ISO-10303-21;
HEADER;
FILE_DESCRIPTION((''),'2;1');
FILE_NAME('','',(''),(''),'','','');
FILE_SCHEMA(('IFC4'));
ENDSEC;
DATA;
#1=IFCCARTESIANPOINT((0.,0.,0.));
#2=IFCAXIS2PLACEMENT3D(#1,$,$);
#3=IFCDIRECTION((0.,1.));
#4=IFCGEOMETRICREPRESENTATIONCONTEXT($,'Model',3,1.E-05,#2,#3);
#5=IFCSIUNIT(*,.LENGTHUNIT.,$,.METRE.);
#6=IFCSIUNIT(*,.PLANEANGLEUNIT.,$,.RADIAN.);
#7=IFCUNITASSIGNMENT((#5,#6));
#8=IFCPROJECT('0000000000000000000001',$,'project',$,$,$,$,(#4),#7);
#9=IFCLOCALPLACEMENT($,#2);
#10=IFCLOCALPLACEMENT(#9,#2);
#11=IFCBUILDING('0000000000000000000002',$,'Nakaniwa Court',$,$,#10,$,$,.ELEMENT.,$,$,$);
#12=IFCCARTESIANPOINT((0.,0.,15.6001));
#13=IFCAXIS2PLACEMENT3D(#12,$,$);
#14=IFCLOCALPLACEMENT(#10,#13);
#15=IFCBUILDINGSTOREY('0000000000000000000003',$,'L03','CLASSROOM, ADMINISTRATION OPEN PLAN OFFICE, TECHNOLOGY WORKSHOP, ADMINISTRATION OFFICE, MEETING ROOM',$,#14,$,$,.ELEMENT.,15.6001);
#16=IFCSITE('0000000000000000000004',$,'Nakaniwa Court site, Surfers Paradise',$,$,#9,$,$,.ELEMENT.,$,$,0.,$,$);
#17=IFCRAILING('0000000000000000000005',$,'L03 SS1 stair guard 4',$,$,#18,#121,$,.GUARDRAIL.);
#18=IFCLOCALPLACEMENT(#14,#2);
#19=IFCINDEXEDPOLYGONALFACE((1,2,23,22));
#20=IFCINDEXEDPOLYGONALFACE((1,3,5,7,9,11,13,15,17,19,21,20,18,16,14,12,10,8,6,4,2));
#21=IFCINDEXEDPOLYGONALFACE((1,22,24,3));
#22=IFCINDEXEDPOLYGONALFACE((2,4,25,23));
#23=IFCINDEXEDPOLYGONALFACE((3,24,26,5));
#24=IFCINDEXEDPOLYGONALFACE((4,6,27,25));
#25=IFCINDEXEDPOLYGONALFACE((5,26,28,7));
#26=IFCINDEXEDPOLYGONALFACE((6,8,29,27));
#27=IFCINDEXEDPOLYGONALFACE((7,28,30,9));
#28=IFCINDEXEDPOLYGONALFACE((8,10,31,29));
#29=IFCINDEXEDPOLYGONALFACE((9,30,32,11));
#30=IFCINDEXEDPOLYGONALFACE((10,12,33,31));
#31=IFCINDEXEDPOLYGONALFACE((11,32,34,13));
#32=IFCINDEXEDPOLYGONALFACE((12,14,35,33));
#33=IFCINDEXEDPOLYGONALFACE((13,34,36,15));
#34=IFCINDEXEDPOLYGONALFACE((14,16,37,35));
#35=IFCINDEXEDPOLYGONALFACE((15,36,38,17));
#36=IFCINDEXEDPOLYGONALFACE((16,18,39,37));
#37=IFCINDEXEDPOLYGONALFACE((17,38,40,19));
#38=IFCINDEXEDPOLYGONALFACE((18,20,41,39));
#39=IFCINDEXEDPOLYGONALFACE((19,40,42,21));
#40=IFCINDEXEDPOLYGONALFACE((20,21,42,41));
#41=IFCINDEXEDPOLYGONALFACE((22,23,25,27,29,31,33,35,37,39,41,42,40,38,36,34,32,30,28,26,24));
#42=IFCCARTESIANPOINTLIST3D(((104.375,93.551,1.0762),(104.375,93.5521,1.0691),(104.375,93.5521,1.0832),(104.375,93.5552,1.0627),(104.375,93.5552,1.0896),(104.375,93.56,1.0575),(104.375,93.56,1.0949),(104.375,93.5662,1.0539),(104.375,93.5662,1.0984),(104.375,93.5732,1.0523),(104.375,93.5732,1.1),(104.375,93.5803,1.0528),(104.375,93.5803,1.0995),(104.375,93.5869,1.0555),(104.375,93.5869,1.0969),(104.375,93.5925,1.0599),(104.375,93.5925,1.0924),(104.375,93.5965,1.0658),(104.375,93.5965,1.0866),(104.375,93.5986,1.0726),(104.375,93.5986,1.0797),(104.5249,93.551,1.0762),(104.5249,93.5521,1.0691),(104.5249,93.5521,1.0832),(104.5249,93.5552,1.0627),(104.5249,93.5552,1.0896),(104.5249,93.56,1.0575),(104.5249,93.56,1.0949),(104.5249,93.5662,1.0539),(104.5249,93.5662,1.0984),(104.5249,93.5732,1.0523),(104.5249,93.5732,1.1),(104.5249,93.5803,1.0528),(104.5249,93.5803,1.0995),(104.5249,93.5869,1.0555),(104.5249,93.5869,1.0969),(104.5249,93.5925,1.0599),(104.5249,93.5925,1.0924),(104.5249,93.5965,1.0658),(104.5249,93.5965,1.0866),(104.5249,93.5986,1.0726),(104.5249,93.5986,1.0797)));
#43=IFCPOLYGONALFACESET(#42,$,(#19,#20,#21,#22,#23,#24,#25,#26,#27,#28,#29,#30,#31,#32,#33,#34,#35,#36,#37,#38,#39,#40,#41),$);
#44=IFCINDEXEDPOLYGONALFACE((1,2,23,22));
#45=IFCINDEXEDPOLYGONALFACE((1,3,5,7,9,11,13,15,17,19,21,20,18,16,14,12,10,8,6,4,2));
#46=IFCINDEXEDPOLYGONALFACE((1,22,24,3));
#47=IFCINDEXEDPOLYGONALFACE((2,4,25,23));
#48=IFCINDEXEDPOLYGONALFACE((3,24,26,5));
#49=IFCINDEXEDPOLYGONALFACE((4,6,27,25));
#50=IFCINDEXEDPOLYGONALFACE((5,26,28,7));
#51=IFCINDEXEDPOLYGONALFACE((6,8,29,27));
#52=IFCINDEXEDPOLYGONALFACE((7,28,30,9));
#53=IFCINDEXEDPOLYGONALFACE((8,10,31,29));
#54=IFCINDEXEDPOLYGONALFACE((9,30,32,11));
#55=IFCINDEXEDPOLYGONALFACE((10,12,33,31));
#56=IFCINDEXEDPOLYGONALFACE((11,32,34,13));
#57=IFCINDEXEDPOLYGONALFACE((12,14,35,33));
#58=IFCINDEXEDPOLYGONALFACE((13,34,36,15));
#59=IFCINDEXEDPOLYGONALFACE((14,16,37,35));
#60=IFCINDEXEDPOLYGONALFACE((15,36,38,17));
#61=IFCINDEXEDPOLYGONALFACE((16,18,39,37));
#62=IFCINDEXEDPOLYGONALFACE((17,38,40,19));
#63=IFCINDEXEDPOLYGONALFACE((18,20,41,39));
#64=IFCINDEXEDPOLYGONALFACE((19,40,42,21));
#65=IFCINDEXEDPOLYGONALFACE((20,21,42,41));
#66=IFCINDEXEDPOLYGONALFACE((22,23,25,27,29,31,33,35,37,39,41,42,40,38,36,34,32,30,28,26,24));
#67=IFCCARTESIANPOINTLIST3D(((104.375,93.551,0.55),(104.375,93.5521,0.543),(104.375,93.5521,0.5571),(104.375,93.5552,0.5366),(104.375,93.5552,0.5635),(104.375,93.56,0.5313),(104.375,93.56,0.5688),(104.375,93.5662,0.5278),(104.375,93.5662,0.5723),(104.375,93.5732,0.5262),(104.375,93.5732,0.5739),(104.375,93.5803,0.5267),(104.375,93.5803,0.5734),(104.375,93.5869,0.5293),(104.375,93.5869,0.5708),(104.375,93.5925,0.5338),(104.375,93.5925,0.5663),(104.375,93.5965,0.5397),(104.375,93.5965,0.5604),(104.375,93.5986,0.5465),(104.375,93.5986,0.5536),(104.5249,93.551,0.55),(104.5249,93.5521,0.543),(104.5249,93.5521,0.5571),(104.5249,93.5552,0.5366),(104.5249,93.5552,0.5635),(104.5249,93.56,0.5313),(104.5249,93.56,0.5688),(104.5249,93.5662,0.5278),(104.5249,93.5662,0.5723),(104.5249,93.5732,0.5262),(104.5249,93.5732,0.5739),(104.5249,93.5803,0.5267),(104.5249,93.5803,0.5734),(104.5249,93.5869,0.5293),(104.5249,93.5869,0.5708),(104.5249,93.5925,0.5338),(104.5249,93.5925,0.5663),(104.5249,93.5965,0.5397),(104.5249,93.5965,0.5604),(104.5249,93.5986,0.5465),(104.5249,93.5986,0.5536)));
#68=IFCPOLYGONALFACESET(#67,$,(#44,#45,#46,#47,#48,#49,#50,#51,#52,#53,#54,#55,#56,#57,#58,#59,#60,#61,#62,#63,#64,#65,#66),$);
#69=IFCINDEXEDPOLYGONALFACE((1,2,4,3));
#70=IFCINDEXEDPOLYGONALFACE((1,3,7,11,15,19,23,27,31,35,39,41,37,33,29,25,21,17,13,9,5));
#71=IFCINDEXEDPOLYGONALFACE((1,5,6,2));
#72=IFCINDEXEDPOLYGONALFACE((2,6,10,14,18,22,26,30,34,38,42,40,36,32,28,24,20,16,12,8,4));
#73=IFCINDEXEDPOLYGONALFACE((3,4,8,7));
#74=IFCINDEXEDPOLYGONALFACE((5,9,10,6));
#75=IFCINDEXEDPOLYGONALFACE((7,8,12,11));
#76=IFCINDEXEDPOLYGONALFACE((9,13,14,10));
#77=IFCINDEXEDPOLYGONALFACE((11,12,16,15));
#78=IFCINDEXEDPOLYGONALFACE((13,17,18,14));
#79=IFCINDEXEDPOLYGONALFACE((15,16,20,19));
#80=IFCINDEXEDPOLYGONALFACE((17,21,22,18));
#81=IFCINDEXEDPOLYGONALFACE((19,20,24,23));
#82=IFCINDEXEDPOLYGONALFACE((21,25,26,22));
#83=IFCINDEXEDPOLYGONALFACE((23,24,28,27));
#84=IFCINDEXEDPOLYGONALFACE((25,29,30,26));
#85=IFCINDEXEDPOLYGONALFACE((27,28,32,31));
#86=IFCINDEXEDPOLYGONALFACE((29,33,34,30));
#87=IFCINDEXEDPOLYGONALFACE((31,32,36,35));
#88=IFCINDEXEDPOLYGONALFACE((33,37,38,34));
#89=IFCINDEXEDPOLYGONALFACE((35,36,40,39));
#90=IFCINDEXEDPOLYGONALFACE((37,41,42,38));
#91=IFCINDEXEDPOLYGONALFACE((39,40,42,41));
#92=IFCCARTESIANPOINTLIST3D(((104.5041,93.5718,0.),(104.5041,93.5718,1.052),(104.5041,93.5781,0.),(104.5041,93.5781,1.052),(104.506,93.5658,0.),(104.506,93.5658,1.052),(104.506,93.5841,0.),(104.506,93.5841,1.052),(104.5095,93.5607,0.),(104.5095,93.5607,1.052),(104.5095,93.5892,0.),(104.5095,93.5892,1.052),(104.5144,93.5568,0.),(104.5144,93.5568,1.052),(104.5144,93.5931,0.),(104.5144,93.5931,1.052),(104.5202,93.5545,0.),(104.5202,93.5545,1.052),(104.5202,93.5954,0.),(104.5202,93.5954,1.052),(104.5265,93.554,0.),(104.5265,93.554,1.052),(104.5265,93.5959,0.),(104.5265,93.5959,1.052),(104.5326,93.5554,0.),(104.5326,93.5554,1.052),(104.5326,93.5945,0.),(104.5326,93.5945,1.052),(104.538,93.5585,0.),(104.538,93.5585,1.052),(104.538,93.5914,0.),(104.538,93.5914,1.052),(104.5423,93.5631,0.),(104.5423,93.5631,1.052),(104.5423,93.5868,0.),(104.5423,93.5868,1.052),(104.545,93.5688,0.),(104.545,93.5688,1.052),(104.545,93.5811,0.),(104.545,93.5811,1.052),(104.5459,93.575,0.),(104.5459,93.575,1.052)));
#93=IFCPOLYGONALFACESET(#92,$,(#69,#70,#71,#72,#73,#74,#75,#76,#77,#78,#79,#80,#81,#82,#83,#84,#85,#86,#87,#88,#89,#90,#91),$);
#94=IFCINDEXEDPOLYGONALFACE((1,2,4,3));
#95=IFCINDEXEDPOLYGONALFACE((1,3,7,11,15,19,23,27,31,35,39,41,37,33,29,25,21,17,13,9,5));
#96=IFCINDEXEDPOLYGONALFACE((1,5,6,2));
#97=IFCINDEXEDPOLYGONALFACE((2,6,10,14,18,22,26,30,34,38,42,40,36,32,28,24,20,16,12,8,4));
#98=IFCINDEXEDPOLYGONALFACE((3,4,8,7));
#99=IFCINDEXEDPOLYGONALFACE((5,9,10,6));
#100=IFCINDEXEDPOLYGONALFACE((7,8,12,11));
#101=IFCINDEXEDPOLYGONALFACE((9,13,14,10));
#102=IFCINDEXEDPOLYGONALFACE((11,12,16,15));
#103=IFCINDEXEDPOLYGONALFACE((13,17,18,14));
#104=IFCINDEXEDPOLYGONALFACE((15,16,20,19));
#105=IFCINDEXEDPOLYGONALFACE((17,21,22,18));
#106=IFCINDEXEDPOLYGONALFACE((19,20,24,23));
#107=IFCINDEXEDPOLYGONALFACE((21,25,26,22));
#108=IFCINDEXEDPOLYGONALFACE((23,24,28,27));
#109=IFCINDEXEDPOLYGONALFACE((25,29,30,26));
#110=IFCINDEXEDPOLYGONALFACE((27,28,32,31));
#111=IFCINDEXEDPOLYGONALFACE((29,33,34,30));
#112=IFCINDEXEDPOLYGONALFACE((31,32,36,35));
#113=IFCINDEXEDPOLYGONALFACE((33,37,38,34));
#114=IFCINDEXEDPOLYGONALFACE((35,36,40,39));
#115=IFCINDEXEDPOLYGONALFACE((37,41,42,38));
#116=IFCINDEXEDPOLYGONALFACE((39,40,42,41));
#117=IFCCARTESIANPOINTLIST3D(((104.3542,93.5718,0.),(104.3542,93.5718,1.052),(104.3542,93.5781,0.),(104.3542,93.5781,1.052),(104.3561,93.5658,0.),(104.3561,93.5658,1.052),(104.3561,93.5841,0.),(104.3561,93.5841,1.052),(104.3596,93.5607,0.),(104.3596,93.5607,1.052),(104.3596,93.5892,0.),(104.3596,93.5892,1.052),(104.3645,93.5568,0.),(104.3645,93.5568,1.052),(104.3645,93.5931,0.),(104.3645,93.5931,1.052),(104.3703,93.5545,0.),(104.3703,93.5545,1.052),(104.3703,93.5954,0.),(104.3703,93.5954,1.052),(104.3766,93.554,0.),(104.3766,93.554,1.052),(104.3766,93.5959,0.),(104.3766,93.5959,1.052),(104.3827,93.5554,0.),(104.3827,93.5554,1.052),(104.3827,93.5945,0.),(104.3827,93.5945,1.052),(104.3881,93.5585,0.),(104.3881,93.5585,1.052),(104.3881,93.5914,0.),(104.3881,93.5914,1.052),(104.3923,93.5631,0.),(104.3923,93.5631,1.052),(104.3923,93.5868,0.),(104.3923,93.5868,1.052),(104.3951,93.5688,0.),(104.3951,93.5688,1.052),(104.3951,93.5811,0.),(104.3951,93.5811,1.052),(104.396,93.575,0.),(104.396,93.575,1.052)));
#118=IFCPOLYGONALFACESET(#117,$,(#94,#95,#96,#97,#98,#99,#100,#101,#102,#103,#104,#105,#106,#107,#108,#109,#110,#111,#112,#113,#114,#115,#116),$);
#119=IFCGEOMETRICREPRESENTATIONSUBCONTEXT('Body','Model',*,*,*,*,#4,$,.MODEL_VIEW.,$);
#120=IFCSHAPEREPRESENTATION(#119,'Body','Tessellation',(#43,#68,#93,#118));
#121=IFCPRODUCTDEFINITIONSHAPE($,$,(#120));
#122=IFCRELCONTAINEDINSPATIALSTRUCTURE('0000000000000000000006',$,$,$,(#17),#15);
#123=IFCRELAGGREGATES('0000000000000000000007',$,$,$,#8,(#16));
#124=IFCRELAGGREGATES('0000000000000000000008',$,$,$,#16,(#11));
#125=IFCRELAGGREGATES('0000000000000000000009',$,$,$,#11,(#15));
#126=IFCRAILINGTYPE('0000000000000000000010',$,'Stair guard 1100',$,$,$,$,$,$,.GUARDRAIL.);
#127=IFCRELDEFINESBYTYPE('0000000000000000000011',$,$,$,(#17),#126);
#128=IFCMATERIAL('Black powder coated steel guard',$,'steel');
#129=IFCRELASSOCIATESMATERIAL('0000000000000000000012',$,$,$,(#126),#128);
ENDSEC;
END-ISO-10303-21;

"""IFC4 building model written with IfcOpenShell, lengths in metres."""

from ifc_helpers import new_model, si_unit, direction, frame, origin, origin_2d, place, context, subcontext, project, spatial, circle, extrude, material, type_object, element, save


model = new_model("IFC4")

# Units and contexts
model_context = context("Model", 3, precision=1e-05, world=origin(), true_north=direction((0.0, 1.0)))
body_context = subcontext(model_context, "Body", "Model", "MODEL_VIEW")
ifc_project = project(units=[si_unit("LENGTHUNIT", "METRE"), si_unit("PLANEANGLEUNIT", "RADIAN")], contexts=[model_context])

# Site, building, storey
site_placement = place(None, origin())
site = spatial("IfcSite", under=ifc_project, at=site_placement, Name="Nakaniwa Court site, Surfers Paradise", CompositionType="ELEMENT", RefElevation=0.0)
building_placement = place(site_placement, origin())
building = spatial("IfcBuilding", under=site, at=building_placement, Name="Nakaniwa Court", CompositionType="ELEMENT")
storey_placement = place(building_placement, frame((0.0, 0.0, 15.6001)))
storey = spatial("IfcBuildingStorey", under=building, at=storey_placement, Name="L03", Description="CLASSROOM, ADMINISTRATION OPEN PLAN OFFICE, TECHNOLOGY WORKSHOP, ADMINISTRATION OFFICE, MEETING ROOM", CompositionType="ELEMENT", Elevation=15.6001)

# Railing
ifc_material_1 = material(Name="Black powder coated steel guard", Category="steel")
railing_type_1 = type_object("IfcRailingType", Name="Stair guard 1100", PredefinedType="GUARDRAIL", material=ifc_material_1)
railing_1_placement = place(storey_placement, frame((104.5249, 93.575, 0.0)))
element("IfcRailing", 1, at=railing_1_placement, inside=storey, type_object=railing_type_1, Name="L03 SS1 stair guard 4", PredefinedType="GUARDRAIL", context=body_context, shape_type="SweptSolid", body=[
    extrude(circle(Radius=0.0239, at=origin_2d()), frame((0.0, 0.0, 1.0762), z_axis=(-1.0, 0.0, 0.0), x_axis=(0.0, -1.0, 0.0)), (0.0, 0.0, 1.0), 0.1499),
    extrude(circle(Radius=0.0239, at=origin_2d()), frame((0.0, 0.0, 0.55), z_axis=(-1.0, 0.0, 0.0), x_axis=(0.0, -1.0, 0.0)), (0.0, 0.0, 1.0), 0.1499),
    extrude(circle(Radius=0.021, at=origin_2d()), origin(), (0.0, 0.0, 1.0), 1.052),
    extrude(circle(Radius=0.021, at=origin_2d()), frame((-0.1499, 0.0, 0.0)), (0.0, 0.0, 1.0), 1.052),
])

save(model, "model.ifc")
